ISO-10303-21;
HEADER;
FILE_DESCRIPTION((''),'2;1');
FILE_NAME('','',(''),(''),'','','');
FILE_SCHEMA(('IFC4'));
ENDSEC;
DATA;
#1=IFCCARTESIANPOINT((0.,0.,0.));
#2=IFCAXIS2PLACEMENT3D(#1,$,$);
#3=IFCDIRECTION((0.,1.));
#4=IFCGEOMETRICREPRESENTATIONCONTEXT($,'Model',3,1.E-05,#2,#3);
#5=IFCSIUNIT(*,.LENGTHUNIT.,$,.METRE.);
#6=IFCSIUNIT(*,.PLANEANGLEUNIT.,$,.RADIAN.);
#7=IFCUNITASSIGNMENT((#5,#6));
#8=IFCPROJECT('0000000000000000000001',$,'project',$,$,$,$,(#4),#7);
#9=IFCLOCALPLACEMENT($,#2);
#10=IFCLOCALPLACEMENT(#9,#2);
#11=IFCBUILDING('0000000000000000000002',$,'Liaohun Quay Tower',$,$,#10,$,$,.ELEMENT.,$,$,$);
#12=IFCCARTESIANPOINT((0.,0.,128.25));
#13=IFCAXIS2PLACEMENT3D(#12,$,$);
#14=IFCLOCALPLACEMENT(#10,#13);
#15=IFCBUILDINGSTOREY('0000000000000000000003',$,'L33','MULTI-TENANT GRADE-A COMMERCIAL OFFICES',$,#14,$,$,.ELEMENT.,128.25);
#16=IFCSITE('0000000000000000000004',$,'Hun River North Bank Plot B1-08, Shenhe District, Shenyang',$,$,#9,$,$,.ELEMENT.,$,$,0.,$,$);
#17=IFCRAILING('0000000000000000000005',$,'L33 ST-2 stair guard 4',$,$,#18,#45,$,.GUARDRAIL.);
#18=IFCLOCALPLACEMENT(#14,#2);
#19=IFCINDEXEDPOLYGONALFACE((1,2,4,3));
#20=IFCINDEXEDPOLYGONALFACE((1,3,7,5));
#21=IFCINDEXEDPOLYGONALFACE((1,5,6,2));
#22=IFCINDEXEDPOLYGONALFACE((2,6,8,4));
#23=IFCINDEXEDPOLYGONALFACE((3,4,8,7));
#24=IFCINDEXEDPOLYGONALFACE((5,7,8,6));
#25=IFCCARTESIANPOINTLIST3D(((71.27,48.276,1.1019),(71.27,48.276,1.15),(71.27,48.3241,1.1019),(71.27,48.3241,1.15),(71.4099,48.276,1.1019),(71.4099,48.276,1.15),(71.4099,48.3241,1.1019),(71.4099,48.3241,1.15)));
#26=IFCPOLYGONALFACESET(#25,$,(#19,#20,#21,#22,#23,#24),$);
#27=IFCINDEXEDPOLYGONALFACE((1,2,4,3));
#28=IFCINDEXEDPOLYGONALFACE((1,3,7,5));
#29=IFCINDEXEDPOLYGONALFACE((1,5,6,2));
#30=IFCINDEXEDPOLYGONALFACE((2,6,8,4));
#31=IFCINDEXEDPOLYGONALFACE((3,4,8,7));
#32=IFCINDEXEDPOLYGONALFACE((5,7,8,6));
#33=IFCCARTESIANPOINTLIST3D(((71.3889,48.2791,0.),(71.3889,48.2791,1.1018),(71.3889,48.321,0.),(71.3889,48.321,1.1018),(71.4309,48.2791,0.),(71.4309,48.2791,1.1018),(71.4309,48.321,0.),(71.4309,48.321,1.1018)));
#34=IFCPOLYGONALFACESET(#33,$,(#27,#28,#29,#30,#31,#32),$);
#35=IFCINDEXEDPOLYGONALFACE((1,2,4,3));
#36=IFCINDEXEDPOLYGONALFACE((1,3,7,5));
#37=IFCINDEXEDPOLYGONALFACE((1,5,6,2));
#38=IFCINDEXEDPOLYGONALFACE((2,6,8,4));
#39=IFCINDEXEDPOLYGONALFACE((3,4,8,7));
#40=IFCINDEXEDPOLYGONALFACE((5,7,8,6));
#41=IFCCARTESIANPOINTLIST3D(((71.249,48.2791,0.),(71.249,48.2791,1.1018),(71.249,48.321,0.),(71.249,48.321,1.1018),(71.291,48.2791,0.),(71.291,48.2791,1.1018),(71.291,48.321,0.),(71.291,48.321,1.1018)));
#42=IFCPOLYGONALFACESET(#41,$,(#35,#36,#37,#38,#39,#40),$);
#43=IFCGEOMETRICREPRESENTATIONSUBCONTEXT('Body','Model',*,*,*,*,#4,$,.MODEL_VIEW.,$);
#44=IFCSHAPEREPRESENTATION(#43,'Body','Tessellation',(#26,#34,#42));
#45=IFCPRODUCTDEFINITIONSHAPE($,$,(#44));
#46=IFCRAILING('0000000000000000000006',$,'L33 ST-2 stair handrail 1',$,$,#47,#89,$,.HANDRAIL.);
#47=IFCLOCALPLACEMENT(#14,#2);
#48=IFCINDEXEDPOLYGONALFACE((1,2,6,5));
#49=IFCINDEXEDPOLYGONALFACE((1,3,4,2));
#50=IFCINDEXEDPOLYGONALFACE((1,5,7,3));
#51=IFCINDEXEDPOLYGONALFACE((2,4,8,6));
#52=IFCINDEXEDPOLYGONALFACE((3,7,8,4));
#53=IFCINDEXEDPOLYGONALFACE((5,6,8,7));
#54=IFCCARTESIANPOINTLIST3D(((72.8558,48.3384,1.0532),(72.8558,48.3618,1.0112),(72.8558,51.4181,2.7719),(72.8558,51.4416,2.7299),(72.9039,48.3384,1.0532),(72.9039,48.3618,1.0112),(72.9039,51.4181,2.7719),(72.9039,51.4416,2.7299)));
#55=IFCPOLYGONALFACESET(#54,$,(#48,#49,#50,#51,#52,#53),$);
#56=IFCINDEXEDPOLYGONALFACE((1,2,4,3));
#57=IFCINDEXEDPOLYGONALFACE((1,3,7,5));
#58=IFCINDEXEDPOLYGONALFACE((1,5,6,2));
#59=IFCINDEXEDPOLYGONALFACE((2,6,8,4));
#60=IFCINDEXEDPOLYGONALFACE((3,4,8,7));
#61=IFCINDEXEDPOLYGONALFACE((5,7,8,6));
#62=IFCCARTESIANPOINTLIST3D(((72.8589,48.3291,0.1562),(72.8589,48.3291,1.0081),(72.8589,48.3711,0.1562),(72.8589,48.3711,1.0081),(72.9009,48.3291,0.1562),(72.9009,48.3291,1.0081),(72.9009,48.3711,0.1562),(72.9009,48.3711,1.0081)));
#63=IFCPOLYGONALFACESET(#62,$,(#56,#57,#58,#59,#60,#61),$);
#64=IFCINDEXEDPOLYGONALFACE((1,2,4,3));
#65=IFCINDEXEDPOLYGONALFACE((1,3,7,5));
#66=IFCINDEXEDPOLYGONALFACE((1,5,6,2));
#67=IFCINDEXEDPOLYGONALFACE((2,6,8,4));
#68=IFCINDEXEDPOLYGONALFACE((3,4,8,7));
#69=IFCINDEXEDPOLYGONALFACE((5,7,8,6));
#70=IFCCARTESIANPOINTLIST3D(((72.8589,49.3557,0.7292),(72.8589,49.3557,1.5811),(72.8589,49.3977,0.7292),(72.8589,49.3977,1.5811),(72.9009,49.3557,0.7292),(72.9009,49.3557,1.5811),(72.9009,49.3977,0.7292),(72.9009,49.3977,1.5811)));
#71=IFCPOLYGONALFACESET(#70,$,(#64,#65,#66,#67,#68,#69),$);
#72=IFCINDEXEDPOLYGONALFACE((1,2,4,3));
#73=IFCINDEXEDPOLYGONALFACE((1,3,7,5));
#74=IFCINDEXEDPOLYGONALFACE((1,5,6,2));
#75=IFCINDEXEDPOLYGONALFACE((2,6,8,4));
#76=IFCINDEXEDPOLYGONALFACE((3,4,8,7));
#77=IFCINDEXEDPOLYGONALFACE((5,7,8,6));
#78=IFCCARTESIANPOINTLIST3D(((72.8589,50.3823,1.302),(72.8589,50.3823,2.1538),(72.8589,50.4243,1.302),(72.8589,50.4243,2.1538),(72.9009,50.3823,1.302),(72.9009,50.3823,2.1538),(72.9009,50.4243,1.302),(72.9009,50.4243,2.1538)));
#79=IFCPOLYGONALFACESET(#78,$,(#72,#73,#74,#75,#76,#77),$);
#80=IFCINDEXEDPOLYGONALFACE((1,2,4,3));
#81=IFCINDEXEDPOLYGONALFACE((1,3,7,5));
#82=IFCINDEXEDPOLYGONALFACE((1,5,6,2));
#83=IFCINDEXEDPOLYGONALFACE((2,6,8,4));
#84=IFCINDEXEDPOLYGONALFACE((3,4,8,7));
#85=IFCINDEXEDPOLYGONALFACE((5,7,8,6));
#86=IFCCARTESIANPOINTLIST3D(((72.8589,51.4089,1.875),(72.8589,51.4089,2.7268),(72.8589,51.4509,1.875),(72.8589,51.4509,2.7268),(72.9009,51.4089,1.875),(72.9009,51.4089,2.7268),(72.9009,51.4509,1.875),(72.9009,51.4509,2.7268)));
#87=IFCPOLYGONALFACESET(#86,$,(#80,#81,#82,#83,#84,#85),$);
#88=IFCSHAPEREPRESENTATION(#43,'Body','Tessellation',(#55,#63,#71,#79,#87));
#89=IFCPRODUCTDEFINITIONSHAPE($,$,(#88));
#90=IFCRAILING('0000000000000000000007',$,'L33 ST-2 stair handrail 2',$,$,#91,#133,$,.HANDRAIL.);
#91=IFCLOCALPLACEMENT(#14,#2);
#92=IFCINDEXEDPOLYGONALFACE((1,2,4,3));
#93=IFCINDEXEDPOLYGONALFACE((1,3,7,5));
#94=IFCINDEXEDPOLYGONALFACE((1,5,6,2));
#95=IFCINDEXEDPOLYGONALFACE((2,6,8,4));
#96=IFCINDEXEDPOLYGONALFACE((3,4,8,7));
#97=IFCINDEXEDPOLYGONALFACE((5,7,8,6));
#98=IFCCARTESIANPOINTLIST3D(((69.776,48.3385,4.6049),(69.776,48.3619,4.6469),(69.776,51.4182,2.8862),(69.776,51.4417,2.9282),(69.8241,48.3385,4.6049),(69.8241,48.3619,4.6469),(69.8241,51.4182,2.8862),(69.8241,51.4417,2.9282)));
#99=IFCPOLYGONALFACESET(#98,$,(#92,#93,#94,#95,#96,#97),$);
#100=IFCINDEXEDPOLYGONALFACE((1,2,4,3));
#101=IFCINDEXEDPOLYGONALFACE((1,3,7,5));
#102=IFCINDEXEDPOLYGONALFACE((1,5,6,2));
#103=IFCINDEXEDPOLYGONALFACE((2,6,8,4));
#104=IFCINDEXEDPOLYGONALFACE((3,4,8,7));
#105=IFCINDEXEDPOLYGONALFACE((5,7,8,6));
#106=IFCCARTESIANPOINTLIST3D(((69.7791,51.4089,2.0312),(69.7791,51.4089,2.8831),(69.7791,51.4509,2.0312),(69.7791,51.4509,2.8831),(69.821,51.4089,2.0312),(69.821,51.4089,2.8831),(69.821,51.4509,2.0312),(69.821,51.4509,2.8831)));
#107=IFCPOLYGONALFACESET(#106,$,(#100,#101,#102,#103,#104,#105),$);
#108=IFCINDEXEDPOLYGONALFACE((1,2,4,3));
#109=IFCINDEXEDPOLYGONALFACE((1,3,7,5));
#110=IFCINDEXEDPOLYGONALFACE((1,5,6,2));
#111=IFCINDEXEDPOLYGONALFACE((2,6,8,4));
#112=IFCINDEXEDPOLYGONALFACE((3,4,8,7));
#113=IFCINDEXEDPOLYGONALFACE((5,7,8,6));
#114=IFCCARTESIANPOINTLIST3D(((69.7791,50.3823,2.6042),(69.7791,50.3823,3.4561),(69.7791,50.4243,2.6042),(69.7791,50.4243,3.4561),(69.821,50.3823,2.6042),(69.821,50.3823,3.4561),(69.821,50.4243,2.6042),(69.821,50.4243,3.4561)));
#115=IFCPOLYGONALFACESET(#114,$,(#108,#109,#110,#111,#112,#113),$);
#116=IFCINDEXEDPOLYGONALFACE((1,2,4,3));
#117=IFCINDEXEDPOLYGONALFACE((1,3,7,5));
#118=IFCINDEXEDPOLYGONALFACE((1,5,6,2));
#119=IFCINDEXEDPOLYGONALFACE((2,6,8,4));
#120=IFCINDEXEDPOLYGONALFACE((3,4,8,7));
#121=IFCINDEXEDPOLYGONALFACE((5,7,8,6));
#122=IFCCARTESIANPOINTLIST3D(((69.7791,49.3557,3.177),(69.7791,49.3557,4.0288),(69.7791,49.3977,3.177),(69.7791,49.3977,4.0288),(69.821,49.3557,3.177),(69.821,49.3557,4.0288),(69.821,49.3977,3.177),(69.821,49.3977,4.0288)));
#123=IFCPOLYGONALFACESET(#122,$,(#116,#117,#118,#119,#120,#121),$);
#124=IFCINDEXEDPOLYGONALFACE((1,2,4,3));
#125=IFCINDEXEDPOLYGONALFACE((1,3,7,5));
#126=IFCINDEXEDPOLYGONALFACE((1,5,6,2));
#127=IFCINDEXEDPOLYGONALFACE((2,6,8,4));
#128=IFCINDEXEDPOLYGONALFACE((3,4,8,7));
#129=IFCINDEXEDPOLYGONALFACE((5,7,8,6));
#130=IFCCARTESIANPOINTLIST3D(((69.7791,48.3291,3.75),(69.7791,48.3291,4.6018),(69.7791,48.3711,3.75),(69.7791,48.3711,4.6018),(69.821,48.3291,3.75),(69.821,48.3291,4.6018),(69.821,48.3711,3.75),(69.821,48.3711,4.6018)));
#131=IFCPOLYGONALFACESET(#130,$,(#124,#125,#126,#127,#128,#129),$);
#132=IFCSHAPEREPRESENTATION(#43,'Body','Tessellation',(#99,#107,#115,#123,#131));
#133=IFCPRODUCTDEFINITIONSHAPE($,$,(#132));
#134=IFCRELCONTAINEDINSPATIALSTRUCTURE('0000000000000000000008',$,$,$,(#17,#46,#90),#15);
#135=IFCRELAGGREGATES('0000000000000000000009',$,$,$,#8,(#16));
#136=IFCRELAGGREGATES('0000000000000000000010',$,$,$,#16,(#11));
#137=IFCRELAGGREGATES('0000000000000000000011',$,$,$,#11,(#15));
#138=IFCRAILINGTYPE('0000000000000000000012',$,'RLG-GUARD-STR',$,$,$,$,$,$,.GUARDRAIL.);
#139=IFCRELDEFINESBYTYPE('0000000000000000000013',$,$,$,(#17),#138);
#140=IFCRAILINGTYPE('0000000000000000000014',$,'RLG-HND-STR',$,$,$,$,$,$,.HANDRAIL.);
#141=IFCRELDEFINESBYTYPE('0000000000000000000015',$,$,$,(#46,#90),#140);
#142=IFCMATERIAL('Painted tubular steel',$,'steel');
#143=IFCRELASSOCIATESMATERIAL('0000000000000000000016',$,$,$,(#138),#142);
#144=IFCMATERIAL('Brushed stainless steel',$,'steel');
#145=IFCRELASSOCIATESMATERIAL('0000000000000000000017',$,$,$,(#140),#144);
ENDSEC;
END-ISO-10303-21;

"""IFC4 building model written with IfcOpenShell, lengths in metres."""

from ifc_helpers import new_model, si_unit, direction, frame, origin, origin_2d, place, context, subcontext, project, spatial, rectangle, extrude, material, type_object, element, save


model = new_model("IFC4")

# Units and contexts
model_context = context("Model", 3, precision=1e-05, world=origin(), true_north=direction((0.0, 1.0)))
body_context = subcontext(model_context, "Body", "Model", "MODEL_VIEW")
ifc_project = project(units=[si_unit("LENGTHUNIT", "METRE"), si_unit("PLANEANGLEUNIT", "RADIAN")], contexts=[model_context])

# Site, building, storey
site_placement = place(None, origin())
site = spatial("IfcSite", under=ifc_project, at=site_placement, Name="Hun River North Bank Plot B1-08, Shenhe District, Shenyang", CompositionType="ELEMENT", RefElevation=0.0)
building_placement = place(site_placement, origin())
building = spatial("IfcBuilding", under=site, at=building_placement, Name="Liaohun Quay Tower", CompositionType="ELEMENT")
storey_placement = place(building_placement, frame((0.0, 0.0, 128.25)))
storey = spatial("IfcBuildingStorey", under=building, at=storey_placement, Name="L33", Description="MULTI-TENANT GRADE-A COMMERCIAL OFFICES", CompositionType="ELEMENT", Elevation=128.25)

# Railings
ifc_material_1 = material(Name="Painted tubular steel", Category="steel")
railing_type_1 = type_object("IfcRailingType", Name="RLG-GUARD-STR", PredefinedType="GUARDRAIL", material=ifc_material_1)
railing_1_placement = place(storey_placement, frame((71.4099, 48.3, 0.0)))
element("IfcRailing", 1, at=railing_1_placement, inside=storey, type_object=railing_type_1, Name="L33 ST-2 stair guard 4", PredefinedType="GUARDRAIL", context=body_context, shape_type="SweptSolid", body=[
    extrude(rectangle(XDim=0.0481, YDim=0.0481, at=origin_2d()), frame((0.0, 0.0, 1.126), z_axis=(-1.0, 0.0, 0.0), x_axis=(0.0, -1.0, 0.0)), (0.0, 0.0, 1.0), 0.1399),
    extrude(rectangle(XDim=0.042, YDim=0.042, at=origin_2d()), origin(), (0.0, 0.0, 1.0), 1.1018),
    extrude(rectangle(XDim=0.042, YDim=0.042, at=origin_2d()), frame((-0.1399, 0.0, 0.0)), (0.0, 0.0, 1.0), 1.1018),
])
ifc_material_2 = material(Name="Brushed stainless steel", Category="steel")
railing_type_2 = type_object("IfcRailingType", Name="RLG-HND-STR", PredefinedType="HANDRAIL", material=ifc_material_2)
railing_2_placement = place(storey_placement, frame((72.8799, 48.3501, 0.1562)))
element("IfcRailing", 2, at=railing_2_placement, inside=storey, type_object=railing_type_2, Name="L33 ST-2 stair handrail 1", PredefinedType="HANDRAIL", context=body_context, shape_type="SweptSolid", body=[
    extrude(rectangle(XDim=0.0481, YDim=0.0481, at=origin_2d()), frame((0.0, 0.0, 0.876), z_axis=(0.0, 0.873225, 0.487317), x_axis=(-1.0, 0.0, 0.0)), (0.0, 0.0, 1.0), 3.5269),
    extrude(rectangle(XDim=0.042, YDim=0.042, at=origin_2d()), origin(), (0.0, 0.0, 1.0), 0.8518),
    extrude(rectangle(XDim=0.042, YDim=0.042, at=origin_2d()), frame((0.0, 1.0266, 0.573)), (0.0, 0.0, 1.0), 0.8518),
    extrude(rectangle(XDim=0.042, YDim=0.042, at=origin_2d()), frame((0.0, 2.0532, 1.1458)), (0.0, 0.0, 1.0), 0.8518),
    extrude(rectangle(XDim=0.042, YDim=0.042, at=origin_2d()), frame((0.0, 3.0798, 1.7188)), (0.0, 0.0, 1.0), 0.8518),
])
railing_3_placement = place(storey_placement, frame((69.8, 51.4299, 2.0312)))
element("IfcRailing", 3, at=railing_3_placement, inside=storey, type_object=railing_type_2, Name="L33 ST-2 stair handrail 2", PredefinedType="HANDRAIL", context=body_context, shape_type="SweptSolid", body=[
    extrude(rectangle(XDim=0.0481, YDim=0.0481, at=origin_2d()), frame((0.0, 0.0, 0.876), z_axis=(0.0, -0.873225, 0.487317), x_axis=(1.0, 0.0, 0.0)), (0.0, 0.0, 1.0), 3.5269),
    extrude(rectangle(XDim=0.042, YDim=0.042, at=origin_2d()), origin(), (0.0, 0.0, 1.0), 0.8518),
    extrude(rectangle(XDim=0.042, YDim=0.042, at=origin_2d()), frame((0.0, -1.0266, 0.573)), (0.0, 0.0, 1.0), 0.8518),
    extrude(rectangle(XDim=0.042, YDim=0.042, at=origin_2d()), frame((0.0, -2.0532, 1.1458)), (0.0, 0.0, 1.0), 0.8518),
    extrude(rectangle(XDim=0.042, YDim=0.042, at=origin_2d()), frame((0.0, -3.0798, 1.7188)), (0.0, 0.0, 1.0), 0.8518),
])

save(model, "model.ifc")
